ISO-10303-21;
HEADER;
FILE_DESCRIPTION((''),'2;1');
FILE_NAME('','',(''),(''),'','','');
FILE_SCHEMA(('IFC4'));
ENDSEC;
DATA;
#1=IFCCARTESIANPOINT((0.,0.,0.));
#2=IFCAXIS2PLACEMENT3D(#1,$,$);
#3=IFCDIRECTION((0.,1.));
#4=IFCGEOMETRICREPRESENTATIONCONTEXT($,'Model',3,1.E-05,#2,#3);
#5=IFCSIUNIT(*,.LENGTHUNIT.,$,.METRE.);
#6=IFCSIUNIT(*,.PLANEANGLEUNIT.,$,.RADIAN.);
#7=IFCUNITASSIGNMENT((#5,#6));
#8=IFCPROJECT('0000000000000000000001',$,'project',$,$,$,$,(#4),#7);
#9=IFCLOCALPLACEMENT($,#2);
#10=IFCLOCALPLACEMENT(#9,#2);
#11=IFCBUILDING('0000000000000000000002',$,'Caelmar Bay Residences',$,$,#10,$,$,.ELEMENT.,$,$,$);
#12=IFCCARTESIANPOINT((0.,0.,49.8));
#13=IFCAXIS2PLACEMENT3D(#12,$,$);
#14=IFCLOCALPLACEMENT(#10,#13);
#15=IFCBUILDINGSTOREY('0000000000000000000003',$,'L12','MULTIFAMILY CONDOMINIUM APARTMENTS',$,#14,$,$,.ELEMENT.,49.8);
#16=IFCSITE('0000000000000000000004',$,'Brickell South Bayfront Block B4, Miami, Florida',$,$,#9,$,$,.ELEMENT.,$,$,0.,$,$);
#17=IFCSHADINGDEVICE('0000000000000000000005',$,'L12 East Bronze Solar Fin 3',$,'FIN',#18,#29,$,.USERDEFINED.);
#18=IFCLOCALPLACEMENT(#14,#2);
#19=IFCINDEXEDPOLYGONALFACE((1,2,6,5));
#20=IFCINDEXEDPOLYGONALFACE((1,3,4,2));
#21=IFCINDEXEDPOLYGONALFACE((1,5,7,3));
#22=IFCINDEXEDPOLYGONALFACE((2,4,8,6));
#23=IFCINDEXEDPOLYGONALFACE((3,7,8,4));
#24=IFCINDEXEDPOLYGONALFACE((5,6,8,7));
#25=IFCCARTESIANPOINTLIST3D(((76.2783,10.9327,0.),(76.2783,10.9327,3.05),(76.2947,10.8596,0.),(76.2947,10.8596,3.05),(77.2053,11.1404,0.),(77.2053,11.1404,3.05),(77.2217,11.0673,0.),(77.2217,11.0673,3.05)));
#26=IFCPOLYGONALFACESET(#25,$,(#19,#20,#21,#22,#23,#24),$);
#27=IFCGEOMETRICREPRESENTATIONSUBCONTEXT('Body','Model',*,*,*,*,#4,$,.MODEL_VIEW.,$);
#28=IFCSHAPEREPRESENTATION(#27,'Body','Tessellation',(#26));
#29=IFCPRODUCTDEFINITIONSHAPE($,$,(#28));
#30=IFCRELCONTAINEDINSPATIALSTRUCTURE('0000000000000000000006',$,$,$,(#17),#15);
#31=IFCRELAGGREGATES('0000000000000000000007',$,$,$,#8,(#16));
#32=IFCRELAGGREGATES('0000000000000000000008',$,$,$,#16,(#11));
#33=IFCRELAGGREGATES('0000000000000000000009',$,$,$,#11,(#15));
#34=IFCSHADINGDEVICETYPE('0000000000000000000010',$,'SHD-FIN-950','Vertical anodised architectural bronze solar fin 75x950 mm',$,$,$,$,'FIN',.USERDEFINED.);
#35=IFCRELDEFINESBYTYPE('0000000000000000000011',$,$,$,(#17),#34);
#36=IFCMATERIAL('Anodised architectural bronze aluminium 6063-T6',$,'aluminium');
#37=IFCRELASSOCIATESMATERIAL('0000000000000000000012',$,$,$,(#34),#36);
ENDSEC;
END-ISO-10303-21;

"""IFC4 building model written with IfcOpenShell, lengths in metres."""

from ifc_helpers import new_model, si_unit, direction, frame, origin, origin_2d, place, context, subcontext, project, spatial, rectangle, extrude, material, material_profile, profile_set, type_object, element, save


model = new_model("IFC4")

# Units and contexts
model_context = context("Model", 3, precision=1e-05, world=origin(), true_north=direction((0.0, 1.0)))
body_context = subcontext(model_context, "Body", "Model", "MODEL_VIEW")
ifc_project = project(units=[si_unit("LENGTHUNIT", "METRE"), si_unit("PLANEANGLEUNIT", "RADIAN")], contexts=[model_context])

# Site, building, storey
site_placement = place(None, origin())
site = spatial("IfcSite", under=ifc_project, at=site_placement, Name="Brickell South Bayfront Block B4, Miami, Florida", CompositionType="ELEMENT", RefElevation=0.0)
building_placement = place(site_placement, origin())
building = spatial("IfcBuilding", under=site, at=building_placement, Name="Caelmar Bay Residences", CompositionType="ELEMENT")
storey_placement = place(building_placement, frame((0.0, 0.0, 49.8)))
storey = spatial("IfcBuildingStorey", under=building, at=storey_placement, Name="L12", Description="MULTIFAMILY CONDOMINIUM APARTMENTS", CompositionType="ELEMENT", Elevation=49.8)

# Shading device
ifc_material_1 = material(Name="Anodised architectural bronze aluminium 6063-T6", Category="aluminium")
ifc_material_profile_1 = material_profile(ifc_material_1, rectangle(XDim=0.075, YDim=0.95, at=origin_2d()), Name="BRONZE-FIN-75X950")
ifc_profile_set_1 = profile_set([ifc_material_profile_1], Name="Anodised architectural bronze aluminium 6063-T6")
shading_device_type = type_object("IfcShadingDeviceType", Name="SHD-FIN-950", Description="Vertical anodised architectural bronze solar fin 75x950 mm", ElementType="FIN", PredefinedType="USERDEFINED", material=ifc_profile_set_1)
for number, where, z_axis, x_axis, name in (
    (1, (76.75, 11.0, 0.0), (0.0, 0.0, 1.0), (-0.218654, 0.975802, 0.0), "L12 East Bronze Solar Fin 3"),
):
    element("IfcShadingDevice", number, at=place(storey_placement, frame(where, z_axis=z_axis, x_axis=x_axis)), inside=storey, type_object=shading_device_type, Name=name, ObjectType="FIN", PredefinedType="USERDEFINED", context=body_context, shape_type="SweptSolid", body=[
        extrude(rectangle(XDim=0.075, YDim=0.95, at=origin_2d()), origin(), (0.0, 0.0, 1.0), 3.05),
    ])

save(model, "model.ifc")
